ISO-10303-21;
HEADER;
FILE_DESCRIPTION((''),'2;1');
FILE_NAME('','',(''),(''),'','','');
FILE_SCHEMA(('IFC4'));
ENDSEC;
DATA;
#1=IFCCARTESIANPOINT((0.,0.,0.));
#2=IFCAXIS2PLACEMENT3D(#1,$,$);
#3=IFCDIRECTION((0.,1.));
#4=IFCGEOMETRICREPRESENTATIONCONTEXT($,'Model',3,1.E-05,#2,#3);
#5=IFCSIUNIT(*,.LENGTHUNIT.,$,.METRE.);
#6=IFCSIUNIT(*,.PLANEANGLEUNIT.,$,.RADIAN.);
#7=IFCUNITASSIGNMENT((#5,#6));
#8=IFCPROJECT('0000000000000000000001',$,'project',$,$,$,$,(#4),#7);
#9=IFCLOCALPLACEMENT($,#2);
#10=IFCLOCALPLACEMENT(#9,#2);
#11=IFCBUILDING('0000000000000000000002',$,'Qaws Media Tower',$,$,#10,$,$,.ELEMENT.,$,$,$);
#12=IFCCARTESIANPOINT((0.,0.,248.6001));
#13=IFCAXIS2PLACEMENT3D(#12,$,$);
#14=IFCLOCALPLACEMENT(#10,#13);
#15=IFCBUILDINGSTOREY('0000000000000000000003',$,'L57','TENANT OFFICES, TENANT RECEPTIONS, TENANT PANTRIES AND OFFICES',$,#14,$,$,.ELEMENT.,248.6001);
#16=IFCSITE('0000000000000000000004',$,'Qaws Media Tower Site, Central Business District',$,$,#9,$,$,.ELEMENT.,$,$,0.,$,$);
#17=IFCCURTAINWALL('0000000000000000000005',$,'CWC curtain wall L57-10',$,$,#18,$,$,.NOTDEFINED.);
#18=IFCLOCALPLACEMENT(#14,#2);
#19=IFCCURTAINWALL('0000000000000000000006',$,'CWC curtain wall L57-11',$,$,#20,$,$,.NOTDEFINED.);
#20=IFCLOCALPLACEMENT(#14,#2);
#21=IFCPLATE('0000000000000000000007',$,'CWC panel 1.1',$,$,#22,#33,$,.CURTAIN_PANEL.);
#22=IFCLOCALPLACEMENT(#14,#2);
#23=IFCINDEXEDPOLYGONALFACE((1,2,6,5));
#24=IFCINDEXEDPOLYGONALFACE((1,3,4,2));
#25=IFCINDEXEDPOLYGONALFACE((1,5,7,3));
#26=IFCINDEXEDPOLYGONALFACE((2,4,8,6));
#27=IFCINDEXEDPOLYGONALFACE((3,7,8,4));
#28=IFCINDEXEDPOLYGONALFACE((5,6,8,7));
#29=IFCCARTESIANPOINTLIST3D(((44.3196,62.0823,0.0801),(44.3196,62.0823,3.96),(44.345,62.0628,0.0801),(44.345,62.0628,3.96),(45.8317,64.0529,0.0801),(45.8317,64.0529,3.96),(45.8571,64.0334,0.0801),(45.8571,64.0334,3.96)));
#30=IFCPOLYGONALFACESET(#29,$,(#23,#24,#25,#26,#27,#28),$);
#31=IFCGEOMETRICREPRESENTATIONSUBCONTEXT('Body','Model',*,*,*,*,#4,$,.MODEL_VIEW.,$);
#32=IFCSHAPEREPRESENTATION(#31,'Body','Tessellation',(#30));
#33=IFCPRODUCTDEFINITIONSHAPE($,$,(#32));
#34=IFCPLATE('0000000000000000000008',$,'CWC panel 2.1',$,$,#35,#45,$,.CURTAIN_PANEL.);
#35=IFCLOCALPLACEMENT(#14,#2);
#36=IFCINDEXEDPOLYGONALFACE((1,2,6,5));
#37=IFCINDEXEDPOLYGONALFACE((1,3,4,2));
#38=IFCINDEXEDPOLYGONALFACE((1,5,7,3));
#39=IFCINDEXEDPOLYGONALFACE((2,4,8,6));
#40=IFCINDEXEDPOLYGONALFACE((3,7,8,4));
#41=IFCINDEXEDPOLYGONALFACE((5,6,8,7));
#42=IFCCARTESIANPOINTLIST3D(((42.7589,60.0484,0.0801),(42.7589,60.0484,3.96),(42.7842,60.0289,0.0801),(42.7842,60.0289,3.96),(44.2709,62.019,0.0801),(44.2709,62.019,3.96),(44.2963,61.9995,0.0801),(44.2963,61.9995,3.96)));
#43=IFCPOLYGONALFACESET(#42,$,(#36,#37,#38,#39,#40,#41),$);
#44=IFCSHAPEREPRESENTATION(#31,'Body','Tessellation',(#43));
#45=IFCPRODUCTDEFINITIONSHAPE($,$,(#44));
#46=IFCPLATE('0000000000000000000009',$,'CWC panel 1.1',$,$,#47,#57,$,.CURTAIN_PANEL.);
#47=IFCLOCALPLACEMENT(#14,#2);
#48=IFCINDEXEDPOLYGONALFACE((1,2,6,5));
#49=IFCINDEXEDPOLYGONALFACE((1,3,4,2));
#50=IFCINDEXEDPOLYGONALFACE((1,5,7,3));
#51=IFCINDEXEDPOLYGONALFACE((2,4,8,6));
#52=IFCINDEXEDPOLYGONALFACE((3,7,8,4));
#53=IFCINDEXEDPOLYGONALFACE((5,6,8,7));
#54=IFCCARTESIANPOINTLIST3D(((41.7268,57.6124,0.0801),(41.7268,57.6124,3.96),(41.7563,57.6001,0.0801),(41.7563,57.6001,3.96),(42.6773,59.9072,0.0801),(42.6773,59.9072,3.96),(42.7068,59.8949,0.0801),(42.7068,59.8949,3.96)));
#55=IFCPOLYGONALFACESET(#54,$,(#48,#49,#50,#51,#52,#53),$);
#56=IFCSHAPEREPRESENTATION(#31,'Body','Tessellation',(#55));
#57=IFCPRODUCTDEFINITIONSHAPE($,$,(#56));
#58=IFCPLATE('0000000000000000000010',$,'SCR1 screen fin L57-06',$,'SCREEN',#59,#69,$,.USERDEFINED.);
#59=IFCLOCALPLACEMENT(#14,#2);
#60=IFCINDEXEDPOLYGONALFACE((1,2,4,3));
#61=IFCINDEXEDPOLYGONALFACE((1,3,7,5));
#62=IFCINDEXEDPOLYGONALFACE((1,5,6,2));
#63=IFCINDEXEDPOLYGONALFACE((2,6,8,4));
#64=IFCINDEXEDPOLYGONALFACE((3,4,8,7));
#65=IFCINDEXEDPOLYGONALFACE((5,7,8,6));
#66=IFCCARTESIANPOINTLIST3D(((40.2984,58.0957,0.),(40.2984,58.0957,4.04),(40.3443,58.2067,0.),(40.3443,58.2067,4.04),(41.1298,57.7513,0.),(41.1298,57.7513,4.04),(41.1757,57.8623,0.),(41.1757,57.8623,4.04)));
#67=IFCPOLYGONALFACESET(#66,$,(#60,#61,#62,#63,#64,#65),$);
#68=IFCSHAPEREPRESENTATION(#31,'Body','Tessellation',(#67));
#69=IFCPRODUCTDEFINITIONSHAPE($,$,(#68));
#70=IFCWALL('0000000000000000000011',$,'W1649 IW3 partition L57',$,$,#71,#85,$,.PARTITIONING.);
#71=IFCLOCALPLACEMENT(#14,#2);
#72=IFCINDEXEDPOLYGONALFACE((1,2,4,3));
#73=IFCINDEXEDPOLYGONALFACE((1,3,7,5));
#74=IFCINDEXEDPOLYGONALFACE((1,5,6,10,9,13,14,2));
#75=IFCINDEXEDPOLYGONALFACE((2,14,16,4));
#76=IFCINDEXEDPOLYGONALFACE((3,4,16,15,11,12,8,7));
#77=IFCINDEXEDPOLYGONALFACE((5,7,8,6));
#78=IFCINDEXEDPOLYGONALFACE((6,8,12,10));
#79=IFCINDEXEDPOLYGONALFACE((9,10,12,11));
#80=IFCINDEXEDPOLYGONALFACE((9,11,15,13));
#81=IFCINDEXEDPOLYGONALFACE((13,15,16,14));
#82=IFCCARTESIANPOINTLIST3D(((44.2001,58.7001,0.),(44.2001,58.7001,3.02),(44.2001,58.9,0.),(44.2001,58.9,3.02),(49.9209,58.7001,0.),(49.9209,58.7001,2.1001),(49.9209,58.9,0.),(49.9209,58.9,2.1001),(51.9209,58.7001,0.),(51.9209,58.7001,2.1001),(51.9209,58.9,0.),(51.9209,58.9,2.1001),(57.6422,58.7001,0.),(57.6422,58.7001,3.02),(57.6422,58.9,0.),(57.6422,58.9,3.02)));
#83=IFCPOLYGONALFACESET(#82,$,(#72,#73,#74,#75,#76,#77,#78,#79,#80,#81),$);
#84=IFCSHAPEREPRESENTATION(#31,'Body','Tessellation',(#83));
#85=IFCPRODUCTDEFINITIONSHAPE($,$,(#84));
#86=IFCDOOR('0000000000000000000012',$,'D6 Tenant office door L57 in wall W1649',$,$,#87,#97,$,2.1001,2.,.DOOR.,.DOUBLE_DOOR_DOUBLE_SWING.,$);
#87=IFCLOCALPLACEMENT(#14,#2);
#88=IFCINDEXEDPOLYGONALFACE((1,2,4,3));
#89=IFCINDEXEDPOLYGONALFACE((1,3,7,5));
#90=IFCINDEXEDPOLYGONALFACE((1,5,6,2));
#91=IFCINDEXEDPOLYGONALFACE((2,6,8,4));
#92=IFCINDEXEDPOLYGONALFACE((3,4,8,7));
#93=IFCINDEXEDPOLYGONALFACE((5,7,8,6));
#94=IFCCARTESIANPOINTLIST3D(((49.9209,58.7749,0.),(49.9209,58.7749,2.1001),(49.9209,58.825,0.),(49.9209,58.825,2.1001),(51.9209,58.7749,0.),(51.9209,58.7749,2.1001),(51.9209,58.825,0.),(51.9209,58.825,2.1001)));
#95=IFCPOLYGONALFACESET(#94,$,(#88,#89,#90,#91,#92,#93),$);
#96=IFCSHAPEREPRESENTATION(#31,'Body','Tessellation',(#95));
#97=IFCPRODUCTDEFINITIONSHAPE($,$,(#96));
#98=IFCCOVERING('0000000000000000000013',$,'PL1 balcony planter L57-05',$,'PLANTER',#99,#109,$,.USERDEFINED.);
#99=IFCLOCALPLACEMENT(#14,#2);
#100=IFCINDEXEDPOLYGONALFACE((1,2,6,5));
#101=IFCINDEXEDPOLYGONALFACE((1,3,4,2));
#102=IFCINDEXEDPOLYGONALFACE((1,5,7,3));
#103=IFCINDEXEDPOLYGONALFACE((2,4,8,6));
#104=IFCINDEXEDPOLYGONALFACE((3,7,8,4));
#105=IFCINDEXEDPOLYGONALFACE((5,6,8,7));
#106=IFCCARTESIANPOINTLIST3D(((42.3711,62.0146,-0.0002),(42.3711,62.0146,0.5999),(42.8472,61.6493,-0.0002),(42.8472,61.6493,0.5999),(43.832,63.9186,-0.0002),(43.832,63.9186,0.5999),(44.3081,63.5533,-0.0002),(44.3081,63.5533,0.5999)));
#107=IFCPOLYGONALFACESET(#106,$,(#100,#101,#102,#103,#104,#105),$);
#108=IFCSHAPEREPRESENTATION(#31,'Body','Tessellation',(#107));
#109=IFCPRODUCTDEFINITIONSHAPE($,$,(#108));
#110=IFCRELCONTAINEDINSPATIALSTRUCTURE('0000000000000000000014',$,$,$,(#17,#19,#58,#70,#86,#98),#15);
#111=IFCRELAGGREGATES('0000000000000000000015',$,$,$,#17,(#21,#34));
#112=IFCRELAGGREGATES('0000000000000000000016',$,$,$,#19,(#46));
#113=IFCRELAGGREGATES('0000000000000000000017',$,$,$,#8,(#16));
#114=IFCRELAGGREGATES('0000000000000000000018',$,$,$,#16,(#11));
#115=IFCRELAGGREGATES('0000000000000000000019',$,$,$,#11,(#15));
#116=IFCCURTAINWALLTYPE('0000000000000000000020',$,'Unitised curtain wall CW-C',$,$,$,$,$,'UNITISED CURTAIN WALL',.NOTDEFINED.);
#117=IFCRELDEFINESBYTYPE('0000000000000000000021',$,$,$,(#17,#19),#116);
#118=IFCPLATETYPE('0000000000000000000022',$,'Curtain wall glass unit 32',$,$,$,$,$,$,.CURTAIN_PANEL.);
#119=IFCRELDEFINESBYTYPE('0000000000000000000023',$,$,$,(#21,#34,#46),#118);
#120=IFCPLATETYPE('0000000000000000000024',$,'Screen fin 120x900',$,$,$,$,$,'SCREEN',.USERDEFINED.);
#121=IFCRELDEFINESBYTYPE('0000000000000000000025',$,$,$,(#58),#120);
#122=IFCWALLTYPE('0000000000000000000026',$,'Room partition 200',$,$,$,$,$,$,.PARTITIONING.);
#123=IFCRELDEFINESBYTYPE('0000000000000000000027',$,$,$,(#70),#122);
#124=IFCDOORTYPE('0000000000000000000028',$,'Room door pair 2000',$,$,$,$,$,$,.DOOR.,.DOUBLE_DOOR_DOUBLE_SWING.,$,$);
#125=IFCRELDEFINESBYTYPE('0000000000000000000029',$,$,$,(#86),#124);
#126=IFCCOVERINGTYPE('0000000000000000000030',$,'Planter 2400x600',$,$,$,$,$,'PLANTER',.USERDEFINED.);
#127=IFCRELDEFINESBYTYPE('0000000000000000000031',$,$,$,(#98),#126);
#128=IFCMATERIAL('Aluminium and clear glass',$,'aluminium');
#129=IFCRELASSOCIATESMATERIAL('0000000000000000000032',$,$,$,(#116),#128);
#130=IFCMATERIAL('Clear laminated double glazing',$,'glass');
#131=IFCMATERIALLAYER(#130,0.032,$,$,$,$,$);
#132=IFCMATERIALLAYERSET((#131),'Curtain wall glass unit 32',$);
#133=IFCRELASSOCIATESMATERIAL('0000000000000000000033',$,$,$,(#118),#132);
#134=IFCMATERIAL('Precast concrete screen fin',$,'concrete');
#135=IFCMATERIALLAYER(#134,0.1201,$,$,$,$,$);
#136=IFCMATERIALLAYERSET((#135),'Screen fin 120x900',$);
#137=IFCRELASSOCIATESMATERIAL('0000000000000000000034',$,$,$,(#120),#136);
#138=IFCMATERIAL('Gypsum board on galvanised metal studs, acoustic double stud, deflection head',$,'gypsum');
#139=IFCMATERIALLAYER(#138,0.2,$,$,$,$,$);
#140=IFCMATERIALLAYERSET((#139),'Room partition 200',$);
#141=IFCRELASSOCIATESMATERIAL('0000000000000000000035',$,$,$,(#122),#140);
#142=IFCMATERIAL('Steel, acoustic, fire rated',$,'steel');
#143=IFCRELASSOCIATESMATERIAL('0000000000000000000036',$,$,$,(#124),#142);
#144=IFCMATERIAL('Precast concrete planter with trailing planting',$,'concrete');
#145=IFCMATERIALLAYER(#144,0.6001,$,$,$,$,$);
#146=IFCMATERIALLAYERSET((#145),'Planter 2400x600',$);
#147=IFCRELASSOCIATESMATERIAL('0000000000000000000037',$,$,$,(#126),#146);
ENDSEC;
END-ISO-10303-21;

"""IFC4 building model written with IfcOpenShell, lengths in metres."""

from ifc_helpers import new_model, si_unit, direction, frame, frame_2d, origin, origin_2d, place, context, subcontext, project, spatial, rectangle, extrude, material, layer, layer_set, type_object, element, fill, aggregate, save


model = new_model("IFC4")

# Units and contexts
model_context = context("Model", 3, precision=1e-05, world=origin(), true_north=direction((0.0, 1.0)))
body_context = subcontext(model_context, "Body", "Model", "MODEL_VIEW")
ifc_project = project(units=[si_unit("LENGTHUNIT", "METRE"), si_unit("PLANEANGLEUNIT", "RADIAN")], contexts=[model_context])

# Site, building, storey
site_placement = place(None, origin())
site = spatial("IfcSite", under=ifc_project, at=site_placement, Name="Qaws Media Tower Site, Central Business District", CompositionType="ELEMENT", RefElevation=0.0)
building_placement = place(site_placement, origin())
building = spatial("IfcBuilding", under=site, at=building_placement, Name="Qaws Media Tower", CompositionType="ELEMENT")
storey_placement = place(building_placement, frame((0.0, 0.0, 248.6001)))
storey = spatial("IfcBuildingStorey", under=building, at=storey_placement, Name="L57", Description="TENANT OFFICES, TENANT RECEPTIONS, TENANT PANTRIES AND OFFICES", CompositionType="ELEMENT", Elevation=248.6001)

# Shared definitions
ifc_material_1 = material(Name="Aluminium and clear glass", Category="aluminium")
curtain_wall_type = type_object("IfcCurtainWallType", Name="Unitised curtain wall CW-C", ElementType="UNITISED CURTAIN WALL", PredefinedType="NOTDEFINED", material=ifc_material_1)

# Curtain walls
curtain_wall_1_placement = place(storey_placement, origin())
curtain_wall_1 = element("IfcCurtainWall", 1, at=curtain_wall_1_placement, inside=storey, type_object=curtain_wall_type, Name="CWC curtain wall L57-10", PredefinedType="NOTDEFINED")
curtain_wall_2_placement = place(storey_placement, origin())
curtain_wall_2 = element("IfcCurtainWall", 2, at=curtain_wall_2_placement, inside=storey, type_object=curtain_wall_type, Name="CWC curtain wall L57-11", PredefinedType="NOTDEFINED")

# Plates
ifc_material_2 = material(Name="Clear laminated double glazing", Category="glass")
ifc_layer_1 = layer(ifc_material_2, 0.032)
ifc_layer_set_1 = layer_set([ifc_layer_1], Name="Curtain wall glass unit 32")
plate_type_1 = type_object("IfcPlateType", Name="Curtain wall glass unit 32", PredefinedType="CURTAIN_PANEL", material=ifc_layer_set_1)
plate_1_placement = place(storey_placement, frame((45.0884, 63.0579, 0.0801), z_axis=(0.0, 0.0, 1.0), x_axis=(-0.608762, -0.793353, 0.0)))
plate_1 = element("IfcPlate", 3, at=plate_1_placement, type_object=plate_type_1, Name="CWC panel 1.1", PredefinedType="CURTAIN_PANEL", context=body_context, shape_type="SweptSolid", body=[
    extrude(rectangle(XDim=2.4839, YDim=0.032, at=origin_2d()), origin(), (0.0, 0.0, 1.0), 3.8799),
])
plate_2_placement = place(storey_placement, frame((43.5276, 61.0239, 0.0801), z_axis=(0.0, 0.0, 1.0), x_axis=(-0.608762, -0.793353, 0.0)))
plate_2 = element("IfcPlate", 4, at=plate_2_placement, type_object=plate_type_1, Name="CWC panel 2.1", PredefinedType="CURTAIN_PANEL", context=body_context, shape_type="SweptSolid", body=[
    extrude(rectangle(XDim=2.4839, YDim=0.032, at=origin_2d()), origin(), (0.0, 0.0, 1.0), 3.8799),
])
aggregate(curtain_wall_1, [plate_1, plate_2])
plate_3_placement = place(storey_placement, frame((42.2168, 58.7537, 0.0801), z_axis=(0.0, 0.0, 1.0), x_axis=(-0.382683, -0.92388, 0.0)))
plate_3 = element("IfcPlate", 5, at=plate_3_placement, type_object=plate_type_1, Name="CWC panel 1.1", PredefinedType="CURTAIN_PANEL", context=body_context, shape_type="SweptSolid", body=[
    extrude(rectangle(XDim=2.4839, YDim=0.032, at=origin_2d()), origin(), (0.0, 0.0, 1.0), 3.8799),
])
aggregate(curtain_wall_2, [plate_3])
ifc_material_3 = material(Name="Precast concrete screen fin", Category="concrete")
ifc_layer_2 = layer(ifc_material_3, 0.1201)
ifc_layer_set_2 = layer_set([ifc_layer_2], Name="Screen fin 120x900")
plate_type_2 = type_object("IfcPlateType", Name="Screen fin 120x900", ElementType="SCREEN", PredefinedType="USERDEFINED", material=ifc_layer_set_2)
plate_4_placement = place(storey_placement, frame((40.7371, 57.979, 0.0), z_axis=(0.0, 0.0, 1.0), x_axis=(-0.92388, 0.382683, 0.0)))
element("IfcPlate", 6, at=plate_4_placement, inside=storey, type_object=plate_type_2, Name="SCR1 screen fin L57-06", ObjectType="SCREEN", PredefinedType="USERDEFINED", context=body_context, shape_type="SweptSolid", body=[
    extrude(rectangle(XDim=0.8999, YDim=0.1201, at=origin_2d()), origin(), (0.0, 0.0, 1.0), 4.04),
])

# Wall, opening, door
ifc_material_4 = material(Name="Gypsum board on galvanised metal studs, acoustic double stud, deflection head", Category="gypsum")
ifc_layer_3 = layer(ifc_material_4, 0.2)
ifc_layer_set_3 = layer_set([ifc_layer_3], Name="Room partition 200")
wall_type = type_object("IfcWallType", Name="Room partition 200", PredefinedType="PARTITIONING", material=ifc_layer_set_3)
wall_placement = place(storey_placement, frame((44.2, 58.8, 0.0), z_axis=(0.0, 0.0, 1.0), x_axis=(1.0, 0.0, 0.0)))
wall = element("IfcWall", 7, at=wall_placement, inside=storey, type_object=wall_type, Name="W1649 IW3 partition L57", PredefinedType="PARTITIONING", context=body_context, shape_type="SweptSolid", body=[
    extrude(rectangle(XDim=13.4421, YDim=0.2, at=frame_2d((6.7212, 0.0))), origin(), (0.0, 0.0, 1.0), 3.02),
])
opening_placement = place(wall_placement, frame((5.7209, 0.0, 0.0)))
opening = element("IfcOpeningElement", 8, at=opening_placement, cuts=wall, PredefinedType="OPENING", context=body_context, shape_type="SweptSolid", body=[
    extrude(rectangle(XDim=2.0, YDim=2.1001, at=frame_2d((1.0, 1.05))), frame((0.0, 0.1099, 0.0), z_axis=(0.0, -1.0, 0.0), x_axis=(1.0, 0.0, 0.0)), (0.0, 0.0, 1.0), 0.22),
])
ifc_material_5 = material(Name="Steel, acoustic, fire rated", Category="steel")
door_type = type_object("IfcDoorType", Name="Room door pair 2000", OperationType="DOUBLE_DOOR_DOUBLE_SWING", PredefinedType="DOOR", material=ifc_material_5)
door_placement = place(opening_placement, origin())
door = element("IfcDoor", 9, at=door_placement, inside=storey, type_object=door_type, Name="D6 Tenant office door L57 in wall W1649", OperationType="DOUBLE_DOOR_DOUBLE_SWING", OverallHeight=2.1001, OverallWidth=2.0, PredefinedType="DOOR", context=body_context, shape_type="SweptSolid", body=[
    extrude(rectangle(XDim=2.0, YDim=2.1001, at=frame_2d((1.0, 1.05))), frame((0.0, 0.0249, 0.0), z_axis=(0.0, -1.0, 0.0), x_axis=(1.0, 0.0, 0.0)), (0.0, 0.0, 1.0), 0.05),
])
fill(opening, door)

# Covering
ifc_material_6 = material(Name="Precast concrete planter with trailing planting", Category="concrete")
ifc_layer_4 = layer(ifc_material_6, 0.6001)
ifc_layer_set_4 = layer_set([ifc_layer_4], Name="Planter 2400x600")
covering_type = type_object("IfcCoveringType", Name="Planter 2400x600", ElementType="PLANTER", PredefinedType="USERDEFINED", material=ifc_layer_set_4)
covering_placement = place(storey_placement, frame((43.3396, 62.7839, -0.0002), z_axis=(0.0, 0.0, 1.0), x_axis=(-0.608761, -0.793353, 0.0)))
element("IfcCovering", 10, at=covering_placement, inside=storey, type_object=covering_type, Name="PL1 balcony planter L57-05", ObjectType="PLANTER", PredefinedType="USERDEFINED", context=body_context, shape_type="SweptSolid", body=[
    extrude(rectangle(XDim=2.3999, YDim=0.6001, at=origin_2d()), origin(), (0.0, 0.0, 1.0), 0.6001),
])

save(model, "model.ifc")
